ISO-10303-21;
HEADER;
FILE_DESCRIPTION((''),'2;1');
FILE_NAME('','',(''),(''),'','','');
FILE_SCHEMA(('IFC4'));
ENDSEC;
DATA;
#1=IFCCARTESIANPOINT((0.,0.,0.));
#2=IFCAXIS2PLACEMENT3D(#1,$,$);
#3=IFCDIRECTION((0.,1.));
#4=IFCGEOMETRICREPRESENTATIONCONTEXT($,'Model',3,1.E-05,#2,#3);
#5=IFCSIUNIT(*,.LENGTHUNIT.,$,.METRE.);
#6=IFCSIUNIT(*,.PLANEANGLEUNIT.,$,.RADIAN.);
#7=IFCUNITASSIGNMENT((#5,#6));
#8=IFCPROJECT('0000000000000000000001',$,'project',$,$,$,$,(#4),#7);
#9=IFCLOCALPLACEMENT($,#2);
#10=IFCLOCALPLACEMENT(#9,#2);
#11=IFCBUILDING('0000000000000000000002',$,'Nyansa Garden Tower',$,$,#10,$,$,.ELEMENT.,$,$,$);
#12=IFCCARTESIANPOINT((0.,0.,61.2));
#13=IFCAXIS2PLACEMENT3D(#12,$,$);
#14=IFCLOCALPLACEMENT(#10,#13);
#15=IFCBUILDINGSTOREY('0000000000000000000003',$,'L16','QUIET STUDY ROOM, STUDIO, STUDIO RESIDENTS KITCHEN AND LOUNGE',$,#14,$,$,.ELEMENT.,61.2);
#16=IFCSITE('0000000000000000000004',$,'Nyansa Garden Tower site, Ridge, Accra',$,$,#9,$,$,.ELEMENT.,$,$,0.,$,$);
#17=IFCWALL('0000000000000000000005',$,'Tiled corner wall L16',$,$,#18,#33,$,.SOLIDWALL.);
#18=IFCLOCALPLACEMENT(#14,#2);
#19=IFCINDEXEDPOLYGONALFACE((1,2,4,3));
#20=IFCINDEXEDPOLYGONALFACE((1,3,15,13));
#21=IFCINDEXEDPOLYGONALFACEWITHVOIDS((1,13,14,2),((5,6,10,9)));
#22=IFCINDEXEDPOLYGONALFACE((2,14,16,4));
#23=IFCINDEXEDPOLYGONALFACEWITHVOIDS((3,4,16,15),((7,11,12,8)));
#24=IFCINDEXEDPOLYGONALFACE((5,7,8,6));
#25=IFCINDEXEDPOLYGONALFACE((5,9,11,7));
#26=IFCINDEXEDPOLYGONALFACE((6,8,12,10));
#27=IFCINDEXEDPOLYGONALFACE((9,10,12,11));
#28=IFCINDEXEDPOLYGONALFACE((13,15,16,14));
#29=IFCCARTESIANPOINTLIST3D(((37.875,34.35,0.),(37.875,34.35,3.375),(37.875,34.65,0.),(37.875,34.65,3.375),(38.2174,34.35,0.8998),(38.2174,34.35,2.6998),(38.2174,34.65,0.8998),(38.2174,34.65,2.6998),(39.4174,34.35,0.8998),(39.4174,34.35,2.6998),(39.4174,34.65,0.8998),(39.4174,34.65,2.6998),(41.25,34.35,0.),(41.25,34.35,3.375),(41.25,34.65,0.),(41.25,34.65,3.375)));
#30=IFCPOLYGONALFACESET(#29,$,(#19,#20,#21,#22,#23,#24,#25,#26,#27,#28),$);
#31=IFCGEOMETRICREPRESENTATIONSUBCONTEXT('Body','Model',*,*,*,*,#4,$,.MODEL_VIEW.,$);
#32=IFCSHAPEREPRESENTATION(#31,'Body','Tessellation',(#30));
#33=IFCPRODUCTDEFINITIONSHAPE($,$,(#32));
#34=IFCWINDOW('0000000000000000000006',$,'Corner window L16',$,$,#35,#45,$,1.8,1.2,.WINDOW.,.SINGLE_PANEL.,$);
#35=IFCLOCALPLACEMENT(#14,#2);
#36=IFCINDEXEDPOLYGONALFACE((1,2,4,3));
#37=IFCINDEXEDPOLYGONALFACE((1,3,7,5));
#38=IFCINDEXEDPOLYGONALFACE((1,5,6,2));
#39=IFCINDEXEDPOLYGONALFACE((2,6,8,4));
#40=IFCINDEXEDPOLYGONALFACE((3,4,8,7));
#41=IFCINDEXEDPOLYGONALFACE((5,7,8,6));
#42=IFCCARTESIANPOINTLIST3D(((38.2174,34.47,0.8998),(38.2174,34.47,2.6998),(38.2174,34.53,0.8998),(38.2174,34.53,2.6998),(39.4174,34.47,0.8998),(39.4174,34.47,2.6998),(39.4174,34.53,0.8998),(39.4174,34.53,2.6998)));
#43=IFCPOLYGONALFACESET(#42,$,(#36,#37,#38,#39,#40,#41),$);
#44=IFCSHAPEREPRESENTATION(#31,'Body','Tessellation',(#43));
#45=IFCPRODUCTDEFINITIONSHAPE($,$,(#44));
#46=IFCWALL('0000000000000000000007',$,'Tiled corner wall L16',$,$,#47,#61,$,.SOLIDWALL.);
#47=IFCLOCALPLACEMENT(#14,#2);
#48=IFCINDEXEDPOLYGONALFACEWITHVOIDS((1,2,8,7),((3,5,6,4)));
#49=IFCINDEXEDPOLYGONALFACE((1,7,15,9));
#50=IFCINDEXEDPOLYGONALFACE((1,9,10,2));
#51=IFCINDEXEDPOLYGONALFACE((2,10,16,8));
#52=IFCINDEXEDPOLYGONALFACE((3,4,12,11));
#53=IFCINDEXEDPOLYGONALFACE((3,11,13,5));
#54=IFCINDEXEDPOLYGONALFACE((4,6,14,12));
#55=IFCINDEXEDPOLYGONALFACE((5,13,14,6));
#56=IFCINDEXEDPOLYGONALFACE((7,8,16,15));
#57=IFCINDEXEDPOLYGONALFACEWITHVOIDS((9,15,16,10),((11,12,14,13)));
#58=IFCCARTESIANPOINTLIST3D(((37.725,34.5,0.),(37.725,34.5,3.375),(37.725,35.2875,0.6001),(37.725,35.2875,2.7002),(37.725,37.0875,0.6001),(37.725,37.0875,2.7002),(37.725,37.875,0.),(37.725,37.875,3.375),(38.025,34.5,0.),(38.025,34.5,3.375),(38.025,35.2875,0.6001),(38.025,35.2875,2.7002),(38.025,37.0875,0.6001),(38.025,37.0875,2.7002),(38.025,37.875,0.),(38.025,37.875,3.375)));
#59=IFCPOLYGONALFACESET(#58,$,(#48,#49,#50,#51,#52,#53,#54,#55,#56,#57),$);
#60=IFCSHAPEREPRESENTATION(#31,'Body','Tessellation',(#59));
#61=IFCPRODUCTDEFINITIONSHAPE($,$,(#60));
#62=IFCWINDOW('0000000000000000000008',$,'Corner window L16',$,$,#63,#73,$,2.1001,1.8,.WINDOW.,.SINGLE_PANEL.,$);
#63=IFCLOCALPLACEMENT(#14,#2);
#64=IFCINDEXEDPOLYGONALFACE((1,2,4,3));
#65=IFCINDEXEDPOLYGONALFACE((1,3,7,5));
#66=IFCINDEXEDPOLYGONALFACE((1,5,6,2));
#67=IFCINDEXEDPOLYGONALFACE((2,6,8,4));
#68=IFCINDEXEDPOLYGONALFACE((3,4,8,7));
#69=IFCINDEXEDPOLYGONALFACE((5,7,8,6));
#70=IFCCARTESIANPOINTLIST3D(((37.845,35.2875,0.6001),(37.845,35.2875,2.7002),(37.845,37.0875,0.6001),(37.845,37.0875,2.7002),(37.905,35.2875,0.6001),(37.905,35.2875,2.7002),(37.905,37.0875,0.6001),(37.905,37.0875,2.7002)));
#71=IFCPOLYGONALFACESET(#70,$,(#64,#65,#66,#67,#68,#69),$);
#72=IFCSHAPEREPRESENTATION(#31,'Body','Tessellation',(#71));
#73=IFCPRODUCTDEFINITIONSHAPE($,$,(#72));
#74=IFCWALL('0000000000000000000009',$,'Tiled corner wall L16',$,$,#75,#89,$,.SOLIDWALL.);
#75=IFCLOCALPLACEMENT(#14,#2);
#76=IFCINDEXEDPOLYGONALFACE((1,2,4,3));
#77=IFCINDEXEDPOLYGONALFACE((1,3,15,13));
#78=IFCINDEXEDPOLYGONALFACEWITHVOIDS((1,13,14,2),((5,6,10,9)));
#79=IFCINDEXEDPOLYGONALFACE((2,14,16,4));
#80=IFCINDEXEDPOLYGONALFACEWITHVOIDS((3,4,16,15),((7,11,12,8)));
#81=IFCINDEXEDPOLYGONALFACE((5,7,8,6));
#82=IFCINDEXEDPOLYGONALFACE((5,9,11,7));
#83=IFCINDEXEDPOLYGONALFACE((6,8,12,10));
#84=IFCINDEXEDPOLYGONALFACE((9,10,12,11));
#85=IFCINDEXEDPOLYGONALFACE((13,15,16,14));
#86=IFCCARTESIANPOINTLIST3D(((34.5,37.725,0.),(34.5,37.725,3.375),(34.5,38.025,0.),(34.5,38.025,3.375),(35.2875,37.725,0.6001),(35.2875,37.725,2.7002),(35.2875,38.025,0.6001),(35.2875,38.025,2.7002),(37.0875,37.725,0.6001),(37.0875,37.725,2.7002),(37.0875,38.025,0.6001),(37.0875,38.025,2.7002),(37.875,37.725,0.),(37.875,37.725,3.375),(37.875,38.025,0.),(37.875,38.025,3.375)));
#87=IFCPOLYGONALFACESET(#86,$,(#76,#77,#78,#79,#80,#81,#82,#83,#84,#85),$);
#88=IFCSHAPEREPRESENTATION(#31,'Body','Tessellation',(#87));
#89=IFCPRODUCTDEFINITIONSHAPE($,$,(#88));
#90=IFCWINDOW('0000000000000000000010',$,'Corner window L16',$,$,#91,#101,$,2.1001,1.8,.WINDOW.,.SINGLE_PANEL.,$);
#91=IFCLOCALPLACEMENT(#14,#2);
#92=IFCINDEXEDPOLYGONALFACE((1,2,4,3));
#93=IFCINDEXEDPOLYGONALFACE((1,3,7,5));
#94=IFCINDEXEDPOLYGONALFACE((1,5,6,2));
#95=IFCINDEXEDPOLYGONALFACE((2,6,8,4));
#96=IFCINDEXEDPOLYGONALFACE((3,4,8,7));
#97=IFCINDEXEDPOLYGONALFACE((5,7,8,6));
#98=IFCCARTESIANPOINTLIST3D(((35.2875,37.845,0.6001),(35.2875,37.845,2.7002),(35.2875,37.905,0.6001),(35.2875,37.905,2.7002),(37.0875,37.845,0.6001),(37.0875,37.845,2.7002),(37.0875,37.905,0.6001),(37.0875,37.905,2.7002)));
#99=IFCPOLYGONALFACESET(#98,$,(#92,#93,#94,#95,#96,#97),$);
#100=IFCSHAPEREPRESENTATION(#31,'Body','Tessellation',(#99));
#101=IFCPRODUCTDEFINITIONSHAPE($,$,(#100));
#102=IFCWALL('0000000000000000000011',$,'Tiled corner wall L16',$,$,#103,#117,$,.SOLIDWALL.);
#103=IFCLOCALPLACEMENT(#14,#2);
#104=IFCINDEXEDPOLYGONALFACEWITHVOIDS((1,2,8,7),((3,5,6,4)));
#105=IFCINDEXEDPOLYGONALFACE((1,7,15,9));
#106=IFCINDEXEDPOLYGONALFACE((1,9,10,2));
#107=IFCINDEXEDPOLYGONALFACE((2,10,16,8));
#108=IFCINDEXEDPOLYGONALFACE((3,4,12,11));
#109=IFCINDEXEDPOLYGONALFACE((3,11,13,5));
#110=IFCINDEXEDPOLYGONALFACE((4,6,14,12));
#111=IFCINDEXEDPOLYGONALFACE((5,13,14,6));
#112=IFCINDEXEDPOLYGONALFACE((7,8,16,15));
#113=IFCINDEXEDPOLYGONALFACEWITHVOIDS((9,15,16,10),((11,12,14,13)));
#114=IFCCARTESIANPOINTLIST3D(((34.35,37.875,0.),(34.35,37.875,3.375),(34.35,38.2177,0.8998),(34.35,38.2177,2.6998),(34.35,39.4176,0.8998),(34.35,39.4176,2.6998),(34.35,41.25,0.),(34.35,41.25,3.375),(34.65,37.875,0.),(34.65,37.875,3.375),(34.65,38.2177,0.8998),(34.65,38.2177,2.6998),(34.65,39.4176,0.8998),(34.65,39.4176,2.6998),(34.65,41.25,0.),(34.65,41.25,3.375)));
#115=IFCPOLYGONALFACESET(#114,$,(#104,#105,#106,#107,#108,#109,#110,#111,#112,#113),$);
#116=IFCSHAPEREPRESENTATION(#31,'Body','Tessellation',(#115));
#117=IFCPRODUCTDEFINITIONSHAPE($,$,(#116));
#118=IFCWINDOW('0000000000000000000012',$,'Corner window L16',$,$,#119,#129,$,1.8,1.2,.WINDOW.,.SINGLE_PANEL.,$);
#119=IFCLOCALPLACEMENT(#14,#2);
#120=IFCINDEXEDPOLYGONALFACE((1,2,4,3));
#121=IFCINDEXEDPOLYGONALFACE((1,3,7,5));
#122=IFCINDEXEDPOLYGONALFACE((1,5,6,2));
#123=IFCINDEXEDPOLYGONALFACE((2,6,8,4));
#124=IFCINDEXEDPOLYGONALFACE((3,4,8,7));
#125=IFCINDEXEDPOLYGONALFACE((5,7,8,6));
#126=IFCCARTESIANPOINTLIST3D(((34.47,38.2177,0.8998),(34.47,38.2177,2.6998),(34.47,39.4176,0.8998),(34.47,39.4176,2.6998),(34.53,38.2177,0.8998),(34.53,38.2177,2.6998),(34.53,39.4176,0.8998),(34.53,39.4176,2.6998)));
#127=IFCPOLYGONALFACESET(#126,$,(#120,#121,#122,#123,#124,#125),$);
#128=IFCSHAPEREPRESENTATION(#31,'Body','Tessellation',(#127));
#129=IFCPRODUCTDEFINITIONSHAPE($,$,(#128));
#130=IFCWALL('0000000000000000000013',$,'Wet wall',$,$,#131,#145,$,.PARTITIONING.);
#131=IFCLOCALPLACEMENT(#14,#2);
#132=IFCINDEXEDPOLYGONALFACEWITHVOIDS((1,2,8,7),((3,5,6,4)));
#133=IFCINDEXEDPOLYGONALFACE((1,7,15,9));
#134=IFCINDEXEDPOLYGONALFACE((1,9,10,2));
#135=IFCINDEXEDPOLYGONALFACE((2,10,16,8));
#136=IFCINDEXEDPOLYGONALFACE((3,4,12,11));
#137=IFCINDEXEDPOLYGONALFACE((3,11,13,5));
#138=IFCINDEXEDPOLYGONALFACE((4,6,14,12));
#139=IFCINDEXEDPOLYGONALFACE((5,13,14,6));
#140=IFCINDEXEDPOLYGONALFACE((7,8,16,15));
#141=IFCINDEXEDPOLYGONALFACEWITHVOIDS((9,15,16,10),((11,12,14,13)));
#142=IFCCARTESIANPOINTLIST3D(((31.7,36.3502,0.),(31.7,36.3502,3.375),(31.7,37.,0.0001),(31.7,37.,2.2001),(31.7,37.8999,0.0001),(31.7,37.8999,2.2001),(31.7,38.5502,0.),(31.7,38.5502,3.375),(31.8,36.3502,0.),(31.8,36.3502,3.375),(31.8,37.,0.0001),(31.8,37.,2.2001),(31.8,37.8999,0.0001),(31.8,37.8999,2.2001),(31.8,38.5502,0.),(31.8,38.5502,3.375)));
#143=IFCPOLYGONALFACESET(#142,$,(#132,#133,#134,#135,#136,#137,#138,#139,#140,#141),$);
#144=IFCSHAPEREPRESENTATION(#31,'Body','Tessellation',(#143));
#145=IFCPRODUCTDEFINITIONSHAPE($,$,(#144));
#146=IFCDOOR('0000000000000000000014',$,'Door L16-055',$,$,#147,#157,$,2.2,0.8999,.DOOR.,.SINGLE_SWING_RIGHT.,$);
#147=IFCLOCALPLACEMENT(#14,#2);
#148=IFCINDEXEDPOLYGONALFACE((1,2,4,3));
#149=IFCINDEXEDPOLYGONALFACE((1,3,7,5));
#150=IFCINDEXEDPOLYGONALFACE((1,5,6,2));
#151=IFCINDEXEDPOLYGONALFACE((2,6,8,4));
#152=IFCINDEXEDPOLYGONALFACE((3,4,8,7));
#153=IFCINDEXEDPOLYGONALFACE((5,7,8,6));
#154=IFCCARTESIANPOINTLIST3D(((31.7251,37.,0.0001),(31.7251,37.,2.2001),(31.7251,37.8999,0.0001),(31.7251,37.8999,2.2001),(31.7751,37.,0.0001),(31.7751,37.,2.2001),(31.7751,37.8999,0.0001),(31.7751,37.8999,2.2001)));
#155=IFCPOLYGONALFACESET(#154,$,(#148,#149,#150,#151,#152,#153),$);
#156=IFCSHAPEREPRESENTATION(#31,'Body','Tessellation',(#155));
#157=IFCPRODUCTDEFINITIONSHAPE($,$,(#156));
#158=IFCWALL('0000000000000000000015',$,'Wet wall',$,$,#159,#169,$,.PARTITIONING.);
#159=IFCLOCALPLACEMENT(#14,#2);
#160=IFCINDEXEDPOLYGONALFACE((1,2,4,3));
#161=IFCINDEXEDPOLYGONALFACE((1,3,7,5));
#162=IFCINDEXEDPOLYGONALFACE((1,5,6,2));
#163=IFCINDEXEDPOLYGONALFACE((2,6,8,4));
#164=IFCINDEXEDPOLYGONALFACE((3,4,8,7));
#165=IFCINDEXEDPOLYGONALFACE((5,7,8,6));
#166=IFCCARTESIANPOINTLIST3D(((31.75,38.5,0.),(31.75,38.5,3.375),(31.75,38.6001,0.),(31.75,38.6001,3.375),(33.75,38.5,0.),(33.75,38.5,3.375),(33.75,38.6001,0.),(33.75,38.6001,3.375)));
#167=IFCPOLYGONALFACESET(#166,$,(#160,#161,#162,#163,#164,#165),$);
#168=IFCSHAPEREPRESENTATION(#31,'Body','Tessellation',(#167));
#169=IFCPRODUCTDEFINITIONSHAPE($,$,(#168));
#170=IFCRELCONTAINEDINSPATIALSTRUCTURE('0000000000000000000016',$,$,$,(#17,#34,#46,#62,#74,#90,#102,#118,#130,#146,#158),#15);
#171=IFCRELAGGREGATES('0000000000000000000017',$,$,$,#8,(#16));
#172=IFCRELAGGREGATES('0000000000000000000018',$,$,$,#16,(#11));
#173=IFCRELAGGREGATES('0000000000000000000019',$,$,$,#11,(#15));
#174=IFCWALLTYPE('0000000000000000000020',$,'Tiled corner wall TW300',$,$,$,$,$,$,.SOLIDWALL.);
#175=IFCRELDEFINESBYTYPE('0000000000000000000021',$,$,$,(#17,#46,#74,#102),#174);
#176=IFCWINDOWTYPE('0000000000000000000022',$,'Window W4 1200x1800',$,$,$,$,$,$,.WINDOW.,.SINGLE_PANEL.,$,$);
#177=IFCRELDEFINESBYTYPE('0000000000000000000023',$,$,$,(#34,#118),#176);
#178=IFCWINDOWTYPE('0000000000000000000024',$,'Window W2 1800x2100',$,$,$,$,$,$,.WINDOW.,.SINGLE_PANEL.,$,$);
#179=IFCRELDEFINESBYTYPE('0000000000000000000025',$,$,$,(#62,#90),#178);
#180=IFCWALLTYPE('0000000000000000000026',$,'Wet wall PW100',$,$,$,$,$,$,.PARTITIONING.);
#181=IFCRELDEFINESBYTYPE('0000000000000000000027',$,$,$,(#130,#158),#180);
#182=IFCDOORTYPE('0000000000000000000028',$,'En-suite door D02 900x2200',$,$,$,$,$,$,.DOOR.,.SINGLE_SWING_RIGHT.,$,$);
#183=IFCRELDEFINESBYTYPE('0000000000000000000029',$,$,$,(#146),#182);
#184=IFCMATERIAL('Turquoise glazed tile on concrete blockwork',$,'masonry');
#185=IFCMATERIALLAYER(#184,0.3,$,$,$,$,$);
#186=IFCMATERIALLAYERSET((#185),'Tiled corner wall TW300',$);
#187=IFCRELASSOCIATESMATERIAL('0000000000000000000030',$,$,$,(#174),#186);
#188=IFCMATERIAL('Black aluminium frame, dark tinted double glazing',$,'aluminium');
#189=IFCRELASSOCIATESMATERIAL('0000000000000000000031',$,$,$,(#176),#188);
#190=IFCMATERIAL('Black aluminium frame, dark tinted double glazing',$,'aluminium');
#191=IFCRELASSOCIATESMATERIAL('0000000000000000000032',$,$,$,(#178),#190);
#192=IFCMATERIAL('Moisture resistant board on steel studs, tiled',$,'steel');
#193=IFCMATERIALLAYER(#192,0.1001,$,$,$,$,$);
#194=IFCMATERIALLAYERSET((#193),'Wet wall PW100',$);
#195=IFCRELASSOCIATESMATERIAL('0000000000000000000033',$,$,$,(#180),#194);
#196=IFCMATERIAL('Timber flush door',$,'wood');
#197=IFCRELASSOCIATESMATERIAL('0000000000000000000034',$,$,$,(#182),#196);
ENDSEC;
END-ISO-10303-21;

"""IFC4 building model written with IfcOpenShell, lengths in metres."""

from ifc_helpers import new_model, si_unit, direction, frame, frame_2d, origin, place, context, subcontext, project, spatial, rectangle, extrude, material, layer, layer_set, type_object, element, fill, save


model = new_model("IFC4")

# Units and contexts
model_context = context("Model", 3, precision=1e-05, world=origin(), true_north=direction((0.0, 1.0)))
body_context = subcontext(model_context, "Body", "Model", "MODEL_VIEW")
ifc_project = project(units=[si_unit("LENGTHUNIT", "METRE"), si_unit("PLANEANGLEUNIT", "RADIAN")], contexts=[model_context])

# Site, building, storey
site_placement = place(None, origin())
site = spatial("IfcSite", under=ifc_project, at=site_placement, Name="Nyansa Garden Tower site, Ridge, Accra", CompositionType="ELEMENT", RefElevation=0.0)
building_placement = place(site_placement, origin())
building = spatial("IfcBuilding", under=site, at=building_placement, Name="Nyansa Garden Tower", CompositionType="ELEMENT")
storey_placement = place(building_placement, frame((0.0, 0.0, 61.2)))
storey = spatial("IfcBuildingStorey", under=building, at=storey_placement, Name="L16", Description="QUIET STUDY ROOM, STUDIO, STUDIO RESIDENTS KITCHEN AND LOUNGE", CompositionType="ELEMENT", Elevation=61.2)

# Walls, openings, windows
ifc_material_1 = material(Name="Turquoise glazed tile on concrete blockwork", Category="masonry")
ifc_layer_1 = layer(ifc_material_1, 0.3)
ifc_layer_set_1 = layer_set([ifc_layer_1], Name="Tiled corner wall TW300")
wall_type_1 = type_object("IfcWallType", Name="Tiled corner wall TW300", PredefinedType="SOLIDWALL", material=ifc_layer_set_1)
wall_1_placement = place(storey_placement, frame((41.25, 34.5, 0.0), z_axis=(0.0, 0.0, 1.0), x_axis=(-1.0, 0.0, 0.0)))
wall_1 = element("IfcWall", 1, at=wall_1_placement, inside=storey, type_object=wall_type_1, Name="Tiled corner wall L16", PredefinedType="SOLIDWALL", context=body_context, shape_type="SweptSolid", body=[
    extrude(rectangle(XDim=3.375, YDim=0.3, at=frame_2d((1.6875, 0.0))), origin(), (0.0, 0.0, 1.0), 3.375),
])
opening_1_placement = place(wall_1_placement, frame((1.8325, 0.0, 0.8999)))
opening_1 = element("IfcOpeningElement", 2, at=opening_1_placement, cuts=wall_1, PredefinedType="OPENING", context=body_context, shape_type="SweptSolid", body=[
    extrude(rectangle(XDim=1.2, YDim=1.8, at=frame_2d((0.6001, 0.8999))), frame((0.0, 0.1599, 0.0), z_axis=(0.0, -1.0, 0.0), x_axis=(1.0, 0.0, 0.0)), (0.0, 0.0, 1.0), 0.3201),
])
ifc_material_2 = material(Name="Black aluminium frame, dark tinted double glazing", Category="aluminium")
window_type_1 = type_object("IfcWindowType", Name="Window W4 1200x1800", PartitioningType="SINGLE_PANEL", PredefinedType="WINDOW", material=ifc_material_2)
window_1_placement = place(opening_1_placement, origin())
window_1 = element("IfcWindow", 3, at=window_1_placement, inside=storey, type_object=window_type_1, Name="Corner window L16", OverallHeight=1.8, OverallWidth=1.2, PartitioningType="SINGLE_PANEL", PredefinedType="WINDOW", context=body_context, shape_type="SweptSolid", body=[
    extrude(rectangle(XDim=1.2, YDim=1.8, at=frame_2d((0.6001, 0.8999))), frame((0.0, 0.03, 0.0), z_axis=(0.0, -1.0, 0.0), x_axis=(1.0, 0.0, 0.0)), (0.0, 0.0, 1.0), 0.0601),
])
fill(opening_1, window_1)
wall_2_placement = place(storey_placement, frame((37.875, 34.5, 0.0), z_axis=(0.0, 0.0, 1.0), x_axis=(0.0, 1.0, 0.0)))
wall_2 = element("IfcWall", 4, at=wall_2_placement, inside=storey, type_object=wall_type_1, Name="Tiled corner wall L16", PredefinedType="SOLIDWALL", context=body_context, shape_type="SweptSolid", body=[
    extrude(rectangle(XDim=3.375, YDim=0.3, at=frame_2d((1.6875, 0.0))), origin(), (0.0, 0.0, 1.0), 3.375),
])
opening_2_placement = place(wall_2_placement, frame((0.7876, 0.0, 0.6001)))
opening_2 = element("IfcOpeningElement", 5, at=opening_2_placement, cuts=wall_2, PredefinedType="OPENING", context=body_context, shape_type="SweptSolid", body=[
    extrude(rectangle(XDim=1.8, YDim=2.1001, at=frame_2d((0.8999, 1.05))), frame((0.0, 0.1599, 0.0), z_axis=(0.0, -1.0, 0.0), x_axis=(1.0, 0.0, 0.0)), (0.0, 0.0, 1.0), 0.3201),
])
ifc_material_3 = material(Name="Black aluminium frame, dark tinted double glazing", Category="aluminium")
window_type_2 = type_object("IfcWindowType", Name="Window W2 1800x2100", PartitioningType="SINGLE_PANEL", PredefinedType="WINDOW", material=ifc_material_3)
window_2_placement = place(opening_2_placement, origin())
window_2 = element("IfcWindow", 6, at=window_2_placement, inside=storey, type_object=window_type_2, Name="Corner window L16", OverallHeight=2.1001, OverallWidth=1.8, PartitioningType="SINGLE_PANEL", PredefinedType="WINDOW", context=body_context, shape_type="SweptSolid", body=[
    extrude(rectangle(XDim=1.8, YDim=2.1001, at=frame_2d((0.8999, 1.05))), frame((0.0, 0.03, 0.0), z_axis=(0.0, -1.0, 0.0), x_axis=(1.0, 0.0, 0.0)), (0.0, 0.0, 1.0), 0.0601),
])
fill(opening_2, window_2)
wall_3_placement = place(storey_placement, frame((37.875, 37.875, 0.0), z_axis=(0.0, 0.0, 1.0), x_axis=(-1.0, 0.0, 0.0)))
wall_3 = element("IfcWall", 7, at=wall_3_placement, inside=storey, type_object=wall_type_1, Name="Tiled corner wall L16", PredefinedType="SOLIDWALL", context=body_context, shape_type="SweptSolid", body=[
    extrude(rectangle(XDim=3.375, YDim=0.3, at=frame_2d((1.6875, 0.0))), origin(), (0.0, 0.0, 1.0), 3.375),
])
opening_3_placement = place(wall_3_placement, frame((0.7876, 0.0, 0.6001)))
opening_3 = element("IfcOpeningElement", 8, at=opening_3_placement, cuts=wall_3, PredefinedType="OPENING", context=body_context, shape_type="SweptSolid", body=[
    extrude(rectangle(XDim=1.8, YDim=2.1001, at=frame_2d((0.8999, 1.05))), frame((0.0, 0.1599, 0.0), z_axis=(0.0, -1.0, 0.0), x_axis=(1.0, 0.0, 0.0)), (0.0, 0.0, 1.0), 0.3201),
])
window_3_placement = place(opening_3_placement, origin())
window_3 = element("IfcWindow", 9, at=window_3_placement, inside=storey, type_object=window_type_2, Name="Corner window L16", OverallHeight=2.1001, OverallWidth=1.8, PartitioningType="SINGLE_PANEL", PredefinedType="WINDOW", context=body_context, shape_type="SweptSolid", body=[
    extrude(rectangle(XDim=1.8, YDim=2.1001, at=frame_2d((0.8999, 1.05))), frame((0.0, 0.03, 0.0), z_axis=(0.0, -1.0, 0.0), x_axis=(1.0, 0.0, 0.0)), (0.0, 0.0, 1.0), 0.0601),
])
fill(opening_3, window_3)
wall_4_placement = place(storey_placement, frame((34.5, 37.875, 0.0), z_axis=(0.0, 0.0, 1.0), x_axis=(0.0, 1.0, 0.0)))
wall_4 = element("IfcWall", 10, at=wall_4_placement, inside=storey, type_object=wall_type_1, Name="Tiled corner wall L16", PredefinedType="SOLIDWALL", context=body_context, shape_type="SweptSolid", body=[
    extrude(rectangle(XDim=3.375, YDim=0.3, at=frame_2d((1.6875, 0.0))), origin(), (0.0, 0.0, 1.0), 3.375),
])
opening_4_placement = place(wall_4_placement, frame((0.3425, 0.0, 0.8999)))
opening_4 = element("IfcOpeningElement", 11, at=opening_4_placement, cuts=wall_4, PredefinedType="OPENING", context=body_context, shape_type="SweptSolid", body=[
    extrude(rectangle(XDim=1.2, YDim=1.8, at=frame_2d((0.6001, 0.8999))), frame((0.0, 0.1599, 0.0), z_axis=(0.0, -1.0, 0.0), x_axis=(1.0, 0.0, 0.0)), (0.0, 0.0, 1.0), 0.3201),
])
window_4_placement = place(opening_4_placement, origin())
window_4 = element("IfcWindow", 12, at=window_4_placement, inside=storey, type_object=window_type_1, Name="Corner window L16", OverallHeight=1.8, OverallWidth=1.2, PartitioningType="SINGLE_PANEL", PredefinedType="WINDOW", context=body_context, shape_type="SweptSolid", body=[
    extrude(rectangle(XDim=1.2, YDim=1.8, at=frame_2d((0.6001, 0.8999))), frame((0.0, 0.03, 0.0), z_axis=(0.0, -1.0, 0.0), x_axis=(1.0, 0.0, 0.0)), (0.0, 0.0, 1.0), 0.0601),
])
fill(opening_4, window_4)

# Wall, opening, door
ifc_material_4 = material(Name="Moisture resistant board on steel studs, tiled", Category="steel")
ifc_layer_2 = layer(ifc_material_4, 0.1001)
ifc_layer_set_2 = layer_set([ifc_layer_2], Name="Wet wall PW100")
wall_type_2 = type_object("IfcWallType", Name="Wet wall PW100", PredefinedType="PARTITIONING", material=ifc_layer_set_2)
wall_5_placement = place(storey_placement, frame((31.75, 36.3501, 0.0), z_axis=(0.0, 0.0, 1.0), x_axis=(0.0, 1.0, 0.0)))
wall_5 = element("IfcWall", 13, at=wall_5_placement, inside=storey, type_object=wall_type_2, Name="Wet wall", PredefinedType="PARTITIONING", context=body_context, shape_type="SweptSolid", body=[
    extrude(rectangle(XDim=2.2, YDim=0.1001, at=frame_2d((1.1001, 0.0))), origin(), (0.0, 0.0, 1.0), 3.375),
])
opening_5_placement = place(wall_5_placement, frame((0.6499, 0.0, 0.0)))
opening_5 = element("IfcOpeningElement", 14, at=opening_5_placement, cuts=wall_5, PredefinedType="OPENING", context=body_context, shape_type="SweptSolid", body=[
    extrude(rectangle(XDim=0.8999, YDim=2.2, at=frame_2d((0.45, 1.1001))), frame((0.0, 0.0601, 0.0), z_axis=(0.0, -1.0, 0.0), x_axis=(1.0, 0.0, 0.0)), (0.0, 0.0, 1.0), 0.1201),
])
ifc_material_5 = material(Name="Timber flush door", Category="wood")
door_type = type_object("IfcDoorType", Name="En-suite door D02 900x2200", OperationType="SINGLE_SWING_RIGHT", PredefinedType="DOOR", material=ifc_material_5)
door_placement = place(opening_5_placement, origin())
door = element("IfcDoor", 15, at=door_placement, inside=storey, type_object=door_type, Name="Door L16-055", OperationType="SINGLE_SWING_RIGHT", OverallHeight=2.2, OverallWidth=0.8999, PredefinedType="DOOR", context=body_context, shape_type="SweptSolid", body=[
    extrude(rectangle(XDim=0.8999, YDim=2.2, at=frame_2d((0.45, 1.1001))), frame((0.0, 0.0249, 0.0), z_axis=(0.0, -1.0, 0.0), x_axis=(1.0, 0.0, 0.0)), (0.0, 0.0, 1.0), 0.05),
])
fill(opening_5, door)

# Wall
wall_6_placement = place(storey_placement, frame((31.75, 38.55, 0.0), z_axis=(0.0, 0.0, 1.0), x_axis=(1.0, 0.0, 0.0)))
element("IfcWall", 16, at=wall_6_placement, inside=storey, type_object=wall_type_2, Name="Wet wall", PredefinedType="PARTITIONING", context=body_context, shape_type="SweptSolid", body=[
    extrude(rectangle(XDim=2.0, YDim=0.1001, at=frame_2d((1.0, 0.0))), origin(), (0.0, 0.0, 1.0), 3.375),
])

save(model, "model.ifc")
